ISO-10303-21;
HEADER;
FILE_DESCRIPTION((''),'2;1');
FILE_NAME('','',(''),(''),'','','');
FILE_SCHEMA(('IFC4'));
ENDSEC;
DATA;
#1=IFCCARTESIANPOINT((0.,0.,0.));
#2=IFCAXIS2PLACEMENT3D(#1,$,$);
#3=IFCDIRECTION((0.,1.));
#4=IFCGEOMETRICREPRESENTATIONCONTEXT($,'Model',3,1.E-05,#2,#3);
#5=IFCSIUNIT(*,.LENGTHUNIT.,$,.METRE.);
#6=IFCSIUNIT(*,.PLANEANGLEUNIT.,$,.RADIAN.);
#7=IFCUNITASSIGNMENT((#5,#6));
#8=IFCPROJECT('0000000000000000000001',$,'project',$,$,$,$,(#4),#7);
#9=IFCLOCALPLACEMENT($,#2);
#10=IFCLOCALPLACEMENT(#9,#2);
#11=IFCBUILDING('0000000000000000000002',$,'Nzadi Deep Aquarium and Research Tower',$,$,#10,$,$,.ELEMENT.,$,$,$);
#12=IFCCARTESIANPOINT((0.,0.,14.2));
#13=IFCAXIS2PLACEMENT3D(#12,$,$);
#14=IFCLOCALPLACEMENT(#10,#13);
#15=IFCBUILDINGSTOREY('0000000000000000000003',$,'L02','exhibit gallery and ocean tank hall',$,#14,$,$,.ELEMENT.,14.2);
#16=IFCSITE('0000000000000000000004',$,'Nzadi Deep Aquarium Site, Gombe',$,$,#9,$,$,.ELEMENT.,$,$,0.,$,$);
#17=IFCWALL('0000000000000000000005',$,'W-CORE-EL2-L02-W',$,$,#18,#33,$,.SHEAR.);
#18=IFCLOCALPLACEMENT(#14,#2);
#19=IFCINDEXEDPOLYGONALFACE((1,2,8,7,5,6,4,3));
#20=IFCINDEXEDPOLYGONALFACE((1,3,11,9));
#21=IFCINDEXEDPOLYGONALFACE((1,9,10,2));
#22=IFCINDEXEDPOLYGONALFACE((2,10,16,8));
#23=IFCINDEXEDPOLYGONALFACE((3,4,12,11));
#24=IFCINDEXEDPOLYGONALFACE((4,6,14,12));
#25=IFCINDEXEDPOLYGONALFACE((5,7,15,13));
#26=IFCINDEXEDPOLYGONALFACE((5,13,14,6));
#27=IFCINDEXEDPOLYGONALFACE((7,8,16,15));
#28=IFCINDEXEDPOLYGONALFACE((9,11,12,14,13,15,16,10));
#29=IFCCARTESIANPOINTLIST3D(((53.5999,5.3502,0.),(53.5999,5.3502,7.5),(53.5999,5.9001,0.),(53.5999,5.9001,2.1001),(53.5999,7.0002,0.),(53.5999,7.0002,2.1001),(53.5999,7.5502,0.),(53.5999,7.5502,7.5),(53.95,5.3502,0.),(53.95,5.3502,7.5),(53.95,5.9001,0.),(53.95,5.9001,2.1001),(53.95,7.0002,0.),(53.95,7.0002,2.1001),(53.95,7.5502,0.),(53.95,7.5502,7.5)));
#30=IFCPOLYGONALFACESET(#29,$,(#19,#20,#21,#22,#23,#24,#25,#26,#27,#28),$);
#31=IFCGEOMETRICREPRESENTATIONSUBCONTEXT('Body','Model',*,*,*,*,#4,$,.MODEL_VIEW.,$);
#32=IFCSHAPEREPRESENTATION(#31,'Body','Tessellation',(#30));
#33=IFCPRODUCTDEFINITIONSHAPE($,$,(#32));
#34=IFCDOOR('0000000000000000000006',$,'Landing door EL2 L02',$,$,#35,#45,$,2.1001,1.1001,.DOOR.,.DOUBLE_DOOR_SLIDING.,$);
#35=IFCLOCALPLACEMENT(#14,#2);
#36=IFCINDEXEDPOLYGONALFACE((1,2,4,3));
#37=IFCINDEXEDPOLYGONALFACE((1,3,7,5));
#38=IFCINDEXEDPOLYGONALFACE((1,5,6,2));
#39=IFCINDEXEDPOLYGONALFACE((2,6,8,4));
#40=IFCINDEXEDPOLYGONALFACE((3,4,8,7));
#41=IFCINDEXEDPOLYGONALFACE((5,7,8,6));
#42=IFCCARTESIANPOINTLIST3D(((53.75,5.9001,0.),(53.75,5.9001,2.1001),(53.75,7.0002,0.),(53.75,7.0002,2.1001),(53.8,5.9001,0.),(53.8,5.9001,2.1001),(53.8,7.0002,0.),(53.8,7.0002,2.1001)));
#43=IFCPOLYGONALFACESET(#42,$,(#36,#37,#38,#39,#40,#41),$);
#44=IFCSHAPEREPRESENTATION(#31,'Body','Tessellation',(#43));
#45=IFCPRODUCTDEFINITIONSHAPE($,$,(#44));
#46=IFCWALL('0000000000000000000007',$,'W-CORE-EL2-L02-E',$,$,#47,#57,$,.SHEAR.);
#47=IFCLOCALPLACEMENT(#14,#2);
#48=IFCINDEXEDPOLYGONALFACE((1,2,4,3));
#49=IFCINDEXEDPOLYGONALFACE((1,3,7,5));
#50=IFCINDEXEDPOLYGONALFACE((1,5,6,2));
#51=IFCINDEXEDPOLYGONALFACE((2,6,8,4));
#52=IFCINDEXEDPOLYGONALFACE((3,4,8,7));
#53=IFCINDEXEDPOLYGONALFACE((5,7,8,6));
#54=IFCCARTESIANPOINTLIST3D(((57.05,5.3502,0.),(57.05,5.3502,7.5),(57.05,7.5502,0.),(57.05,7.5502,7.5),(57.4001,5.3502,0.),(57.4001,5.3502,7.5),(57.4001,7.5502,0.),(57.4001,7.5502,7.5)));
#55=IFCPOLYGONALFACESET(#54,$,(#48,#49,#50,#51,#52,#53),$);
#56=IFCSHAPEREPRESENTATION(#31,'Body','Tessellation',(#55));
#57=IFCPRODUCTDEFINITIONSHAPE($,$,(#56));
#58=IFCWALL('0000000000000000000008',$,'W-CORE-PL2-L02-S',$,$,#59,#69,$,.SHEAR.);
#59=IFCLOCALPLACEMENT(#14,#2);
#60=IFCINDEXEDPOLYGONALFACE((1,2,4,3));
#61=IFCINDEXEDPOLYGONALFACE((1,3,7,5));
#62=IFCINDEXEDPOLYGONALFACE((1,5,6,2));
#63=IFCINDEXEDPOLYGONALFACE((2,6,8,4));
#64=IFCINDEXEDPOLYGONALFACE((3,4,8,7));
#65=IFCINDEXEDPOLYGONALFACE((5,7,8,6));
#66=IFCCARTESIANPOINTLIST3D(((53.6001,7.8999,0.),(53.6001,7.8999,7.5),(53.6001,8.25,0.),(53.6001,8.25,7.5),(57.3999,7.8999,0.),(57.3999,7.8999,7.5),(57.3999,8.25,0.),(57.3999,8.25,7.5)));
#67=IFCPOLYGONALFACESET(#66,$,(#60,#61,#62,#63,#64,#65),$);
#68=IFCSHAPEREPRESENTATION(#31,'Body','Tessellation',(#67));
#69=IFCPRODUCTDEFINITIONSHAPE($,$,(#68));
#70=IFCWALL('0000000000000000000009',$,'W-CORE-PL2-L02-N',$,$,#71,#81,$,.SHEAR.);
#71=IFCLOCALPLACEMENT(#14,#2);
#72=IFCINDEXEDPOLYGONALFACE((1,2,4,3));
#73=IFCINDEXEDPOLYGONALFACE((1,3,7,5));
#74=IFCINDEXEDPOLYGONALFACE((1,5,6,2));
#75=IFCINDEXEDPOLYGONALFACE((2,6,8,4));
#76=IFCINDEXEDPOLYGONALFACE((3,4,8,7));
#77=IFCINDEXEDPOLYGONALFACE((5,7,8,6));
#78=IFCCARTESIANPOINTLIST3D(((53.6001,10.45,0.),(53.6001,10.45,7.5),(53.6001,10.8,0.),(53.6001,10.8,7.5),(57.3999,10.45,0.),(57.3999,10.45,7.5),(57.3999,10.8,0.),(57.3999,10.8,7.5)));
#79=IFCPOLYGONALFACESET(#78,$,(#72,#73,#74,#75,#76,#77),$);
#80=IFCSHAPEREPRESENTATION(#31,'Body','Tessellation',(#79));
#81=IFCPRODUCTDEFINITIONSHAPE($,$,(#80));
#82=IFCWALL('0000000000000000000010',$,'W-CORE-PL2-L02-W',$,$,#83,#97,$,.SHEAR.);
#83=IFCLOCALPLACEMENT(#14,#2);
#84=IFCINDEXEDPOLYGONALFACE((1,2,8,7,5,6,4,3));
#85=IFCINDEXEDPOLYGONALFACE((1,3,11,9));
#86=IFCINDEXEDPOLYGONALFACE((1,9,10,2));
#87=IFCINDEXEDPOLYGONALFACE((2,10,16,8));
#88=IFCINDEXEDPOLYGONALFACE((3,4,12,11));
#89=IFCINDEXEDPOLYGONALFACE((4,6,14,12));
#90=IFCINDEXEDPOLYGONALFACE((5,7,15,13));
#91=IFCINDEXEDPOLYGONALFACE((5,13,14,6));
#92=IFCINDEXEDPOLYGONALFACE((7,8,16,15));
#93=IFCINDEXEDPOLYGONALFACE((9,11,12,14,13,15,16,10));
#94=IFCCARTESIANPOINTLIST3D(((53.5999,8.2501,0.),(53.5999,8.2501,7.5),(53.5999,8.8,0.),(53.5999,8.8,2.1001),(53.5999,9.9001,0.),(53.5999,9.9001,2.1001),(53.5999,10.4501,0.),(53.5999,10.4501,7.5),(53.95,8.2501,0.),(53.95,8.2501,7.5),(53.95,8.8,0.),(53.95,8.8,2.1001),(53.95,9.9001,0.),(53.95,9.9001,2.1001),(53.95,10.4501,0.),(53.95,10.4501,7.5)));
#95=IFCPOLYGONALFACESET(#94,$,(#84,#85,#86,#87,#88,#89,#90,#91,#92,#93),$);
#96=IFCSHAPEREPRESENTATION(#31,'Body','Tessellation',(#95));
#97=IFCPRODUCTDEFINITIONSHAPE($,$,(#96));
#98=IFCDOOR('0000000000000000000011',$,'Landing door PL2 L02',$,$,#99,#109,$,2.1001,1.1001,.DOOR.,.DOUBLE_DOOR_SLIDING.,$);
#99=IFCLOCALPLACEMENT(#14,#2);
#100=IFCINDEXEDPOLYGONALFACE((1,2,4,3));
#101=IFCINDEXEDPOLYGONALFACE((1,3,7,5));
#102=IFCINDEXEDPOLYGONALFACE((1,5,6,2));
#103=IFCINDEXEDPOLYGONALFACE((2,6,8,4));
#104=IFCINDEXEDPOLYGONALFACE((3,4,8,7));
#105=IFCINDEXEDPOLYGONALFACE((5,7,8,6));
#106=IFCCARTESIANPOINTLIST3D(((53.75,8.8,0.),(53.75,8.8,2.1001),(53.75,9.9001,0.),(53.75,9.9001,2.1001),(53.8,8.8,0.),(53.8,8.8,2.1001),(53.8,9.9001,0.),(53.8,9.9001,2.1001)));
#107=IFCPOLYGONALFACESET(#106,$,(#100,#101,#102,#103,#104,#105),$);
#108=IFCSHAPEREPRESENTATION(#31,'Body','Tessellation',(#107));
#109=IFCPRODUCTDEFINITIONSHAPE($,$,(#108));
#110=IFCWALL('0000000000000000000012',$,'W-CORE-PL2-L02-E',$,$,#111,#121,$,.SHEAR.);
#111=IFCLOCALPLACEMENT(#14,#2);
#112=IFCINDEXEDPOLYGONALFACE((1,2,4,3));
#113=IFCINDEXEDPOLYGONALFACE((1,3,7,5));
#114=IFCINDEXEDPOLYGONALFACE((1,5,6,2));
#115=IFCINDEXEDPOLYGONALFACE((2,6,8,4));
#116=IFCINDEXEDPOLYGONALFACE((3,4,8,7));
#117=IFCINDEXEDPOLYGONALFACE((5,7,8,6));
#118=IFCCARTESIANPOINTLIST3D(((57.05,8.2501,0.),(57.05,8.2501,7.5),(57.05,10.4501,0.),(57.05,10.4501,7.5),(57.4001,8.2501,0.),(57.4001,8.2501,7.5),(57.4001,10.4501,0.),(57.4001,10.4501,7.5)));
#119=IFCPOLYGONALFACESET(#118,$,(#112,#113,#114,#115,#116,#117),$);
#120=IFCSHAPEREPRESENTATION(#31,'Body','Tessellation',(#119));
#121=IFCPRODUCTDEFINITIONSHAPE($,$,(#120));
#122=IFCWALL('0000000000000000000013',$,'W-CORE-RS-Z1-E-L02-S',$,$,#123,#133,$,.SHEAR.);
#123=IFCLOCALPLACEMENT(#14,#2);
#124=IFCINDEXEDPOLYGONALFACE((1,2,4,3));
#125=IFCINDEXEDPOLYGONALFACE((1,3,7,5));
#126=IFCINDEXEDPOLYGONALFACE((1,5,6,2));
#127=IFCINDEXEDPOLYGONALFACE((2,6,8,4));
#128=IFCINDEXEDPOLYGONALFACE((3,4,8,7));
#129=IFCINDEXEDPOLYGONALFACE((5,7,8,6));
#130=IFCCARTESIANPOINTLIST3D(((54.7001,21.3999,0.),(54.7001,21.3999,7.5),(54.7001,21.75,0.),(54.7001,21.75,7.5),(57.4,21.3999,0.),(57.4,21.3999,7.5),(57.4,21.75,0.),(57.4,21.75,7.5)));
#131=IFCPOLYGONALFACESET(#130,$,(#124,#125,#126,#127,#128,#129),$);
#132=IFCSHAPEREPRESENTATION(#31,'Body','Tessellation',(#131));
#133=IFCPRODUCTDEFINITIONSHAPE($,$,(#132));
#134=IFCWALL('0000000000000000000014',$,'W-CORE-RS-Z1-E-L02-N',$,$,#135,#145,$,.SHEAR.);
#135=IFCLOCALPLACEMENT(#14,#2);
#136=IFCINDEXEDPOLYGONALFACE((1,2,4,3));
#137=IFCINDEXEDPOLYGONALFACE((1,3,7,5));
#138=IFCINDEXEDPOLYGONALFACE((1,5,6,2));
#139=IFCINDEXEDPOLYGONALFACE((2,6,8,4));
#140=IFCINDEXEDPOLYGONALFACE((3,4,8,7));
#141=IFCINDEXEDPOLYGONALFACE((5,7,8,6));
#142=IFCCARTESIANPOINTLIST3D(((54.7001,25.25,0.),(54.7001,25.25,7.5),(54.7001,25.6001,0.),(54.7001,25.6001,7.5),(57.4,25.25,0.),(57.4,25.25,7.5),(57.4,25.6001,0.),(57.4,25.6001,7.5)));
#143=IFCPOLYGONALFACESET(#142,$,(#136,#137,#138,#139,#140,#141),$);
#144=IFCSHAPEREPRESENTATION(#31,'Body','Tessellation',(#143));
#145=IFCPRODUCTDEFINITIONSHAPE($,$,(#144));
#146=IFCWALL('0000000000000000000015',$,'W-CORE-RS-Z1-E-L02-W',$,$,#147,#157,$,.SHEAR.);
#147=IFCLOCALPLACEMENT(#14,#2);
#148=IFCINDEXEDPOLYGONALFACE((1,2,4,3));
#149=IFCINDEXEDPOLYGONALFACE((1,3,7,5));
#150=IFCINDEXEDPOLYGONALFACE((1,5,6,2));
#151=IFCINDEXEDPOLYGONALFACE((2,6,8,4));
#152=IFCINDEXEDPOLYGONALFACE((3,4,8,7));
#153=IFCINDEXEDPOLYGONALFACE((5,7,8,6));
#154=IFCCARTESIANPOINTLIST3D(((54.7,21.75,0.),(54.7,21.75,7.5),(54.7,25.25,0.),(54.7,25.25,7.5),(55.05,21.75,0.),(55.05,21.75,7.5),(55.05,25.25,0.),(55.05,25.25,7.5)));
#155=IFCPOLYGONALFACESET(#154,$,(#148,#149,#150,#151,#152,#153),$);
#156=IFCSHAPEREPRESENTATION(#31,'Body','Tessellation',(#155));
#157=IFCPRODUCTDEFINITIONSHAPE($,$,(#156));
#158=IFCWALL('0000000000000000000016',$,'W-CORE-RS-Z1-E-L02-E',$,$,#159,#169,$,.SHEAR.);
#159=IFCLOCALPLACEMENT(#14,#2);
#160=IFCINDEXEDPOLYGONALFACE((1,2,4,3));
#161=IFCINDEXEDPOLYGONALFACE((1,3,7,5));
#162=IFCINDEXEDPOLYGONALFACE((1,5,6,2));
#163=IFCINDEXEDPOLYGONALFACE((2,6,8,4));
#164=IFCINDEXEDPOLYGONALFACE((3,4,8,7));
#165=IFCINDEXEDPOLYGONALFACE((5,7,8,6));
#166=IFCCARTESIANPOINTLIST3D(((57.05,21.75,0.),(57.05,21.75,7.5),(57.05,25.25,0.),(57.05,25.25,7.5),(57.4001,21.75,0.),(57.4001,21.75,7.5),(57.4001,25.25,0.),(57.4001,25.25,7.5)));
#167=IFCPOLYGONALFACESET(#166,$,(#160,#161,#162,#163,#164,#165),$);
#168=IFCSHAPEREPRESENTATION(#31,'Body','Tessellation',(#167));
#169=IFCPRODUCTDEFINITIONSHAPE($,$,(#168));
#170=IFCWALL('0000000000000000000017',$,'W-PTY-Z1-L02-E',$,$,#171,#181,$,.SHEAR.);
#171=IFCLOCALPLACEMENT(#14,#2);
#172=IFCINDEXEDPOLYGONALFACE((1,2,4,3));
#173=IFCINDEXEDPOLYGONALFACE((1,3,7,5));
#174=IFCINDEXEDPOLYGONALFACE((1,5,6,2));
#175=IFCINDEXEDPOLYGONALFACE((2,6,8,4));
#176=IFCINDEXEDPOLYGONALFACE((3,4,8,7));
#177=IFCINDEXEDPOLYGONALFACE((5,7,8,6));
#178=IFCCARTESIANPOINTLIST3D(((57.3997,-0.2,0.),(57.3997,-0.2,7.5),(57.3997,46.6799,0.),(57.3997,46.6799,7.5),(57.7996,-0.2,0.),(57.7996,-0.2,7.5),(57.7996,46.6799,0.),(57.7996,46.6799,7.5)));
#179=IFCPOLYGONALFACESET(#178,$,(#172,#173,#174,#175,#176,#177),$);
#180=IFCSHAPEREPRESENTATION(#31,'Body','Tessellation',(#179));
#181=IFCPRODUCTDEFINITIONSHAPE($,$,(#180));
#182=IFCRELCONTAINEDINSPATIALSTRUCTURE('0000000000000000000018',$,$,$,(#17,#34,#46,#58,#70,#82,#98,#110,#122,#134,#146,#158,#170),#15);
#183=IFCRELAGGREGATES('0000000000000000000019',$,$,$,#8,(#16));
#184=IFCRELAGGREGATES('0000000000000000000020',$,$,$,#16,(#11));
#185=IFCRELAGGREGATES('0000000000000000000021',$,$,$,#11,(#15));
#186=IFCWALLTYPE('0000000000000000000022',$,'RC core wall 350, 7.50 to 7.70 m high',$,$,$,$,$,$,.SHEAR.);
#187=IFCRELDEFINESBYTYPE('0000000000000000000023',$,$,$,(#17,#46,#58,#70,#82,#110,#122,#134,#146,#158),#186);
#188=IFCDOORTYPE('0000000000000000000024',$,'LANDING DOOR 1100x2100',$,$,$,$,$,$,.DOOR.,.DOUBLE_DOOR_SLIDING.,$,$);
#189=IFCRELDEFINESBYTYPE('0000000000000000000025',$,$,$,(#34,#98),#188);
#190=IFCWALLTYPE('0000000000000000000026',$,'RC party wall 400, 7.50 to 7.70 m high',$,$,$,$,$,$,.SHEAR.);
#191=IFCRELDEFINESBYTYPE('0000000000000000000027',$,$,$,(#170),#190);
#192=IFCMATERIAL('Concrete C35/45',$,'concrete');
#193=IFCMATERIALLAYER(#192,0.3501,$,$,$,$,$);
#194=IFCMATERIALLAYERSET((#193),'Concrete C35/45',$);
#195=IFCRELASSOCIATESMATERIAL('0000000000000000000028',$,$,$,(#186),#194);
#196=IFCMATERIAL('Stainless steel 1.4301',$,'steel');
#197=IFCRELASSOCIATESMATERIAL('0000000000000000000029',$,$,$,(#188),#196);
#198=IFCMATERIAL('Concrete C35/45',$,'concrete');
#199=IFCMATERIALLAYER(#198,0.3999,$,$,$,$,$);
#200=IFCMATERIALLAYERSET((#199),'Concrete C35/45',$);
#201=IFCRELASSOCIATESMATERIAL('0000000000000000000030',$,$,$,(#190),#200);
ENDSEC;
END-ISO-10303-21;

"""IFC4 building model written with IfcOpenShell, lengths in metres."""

from ifc_helpers import new_model, si_unit, direction, frame, frame_2d, origin, place, context, subcontext, project, spatial, rectangle, extrude, material, layer, layer_set, type_object, element, fill, save


model = new_model("IFC4")

# Units and contexts
model_context = context("Model", 3, precision=1e-05, world=origin(), true_north=direction((0.0, 1.0)))
body_context = subcontext(model_context, "Body", "Model", "MODEL_VIEW")
ifc_project = project(units=[si_unit("LENGTHUNIT", "METRE"), si_unit("PLANEANGLEUNIT", "RADIAN")], contexts=[model_context])

# Site, building, storey
site_placement = place(None, origin())
site = spatial("IfcSite", under=ifc_project, at=site_placement, Name="Nzadi Deep Aquarium Site, Gombe", CompositionType="ELEMENT", RefElevation=0.0)
building_placement = place(site_placement, origin())
building = spatial("IfcBuilding", under=site, at=building_placement, Name="Nzadi Deep Aquarium and Research Tower", CompositionType="ELEMENT")
storey_placement = place(building_placement, frame((0.0, 0.0, 14.2)))
storey = spatial("IfcBuildingStorey", under=building, at=storey_placement, Name="L02", Description="exhibit gallery and ocean tank hall", CompositionType="ELEMENT", Elevation=14.2)

# Shared definitions
ifc_material_1 = material(Name="Concrete C35/45", Category="concrete")
ifc_layer_1 = layer(ifc_material_1, 0.3501)
ifc_layer_set_1 = layer_set([ifc_layer_1], Name="Concrete C35/45")
wall_type_1 = type_object("IfcWallType", Name="RC core wall 350, 7.50 to 7.70 m high", PredefinedType="SHEAR", material=ifc_layer_set_1)

# Wall, opening, door
wall_1_placement = place(storey_placement, frame((53.7749, 5.3501, 0.0), z_axis=(0.0, 0.0, 1.0), x_axis=(0.0, 1.0, 0.0)))
wall_1 = element("IfcWall", 1, at=wall_1_placement, inside=storey, type_object=wall_type_1, Name="W-CORE-EL2-L02-W", PredefinedType="SHEAR", context=body_context, shape_type="SweptSolid", body=[
    extrude(rectangle(XDim=2.2, YDim=0.3501, at=frame_2d((1.1001, 0.0))), origin(), (0.0, 0.0, 1.0), 7.5),
])
opening_1_placement = place(wall_1_placement, frame((0.55, 0.0, 0.0)))
opening_1 = element("IfcOpeningElement", 2, at=opening_1_placement, cuts=wall_1, PredefinedType="OPENING", context=body_context, shape_type="SweptSolid", body=[
    extrude(rectangle(XDim=1.1001, YDim=2.1001, at=frame_2d((0.55, 1.05))), frame((0.0, 0.1851, 0.0), z_axis=(0.0, -1.0, 0.0), x_axis=(1.0, 0.0, 0.0)), (0.0, 0.0, 1.0), 0.3701),
])
ifc_material_2 = material(Name="Stainless steel 1.4301", Category="steel")
door_type = type_object("IfcDoorType", Name="LANDING DOOR 1100x2100", OperationType="DOUBLE_DOOR_SLIDING", PredefinedType="DOOR", material=ifc_material_2)
door_1_placement = place(opening_1_placement, origin())
door_1 = element("IfcDoor", 3, at=door_1_placement, inside=storey, type_object=door_type, Name="Landing door EL2 L02", OperationType="DOUBLE_DOOR_SLIDING", OverallHeight=2.1001, OverallWidth=1.1001, PredefinedType="DOOR", context=body_context, shape_type="SweptSolid", body=[
    extrude(rectangle(XDim=1.1001, YDim=2.1001, at=frame_2d((0.55, 1.05))), frame((0.0, 0.0249, 0.0), z_axis=(0.0, -1.0, 0.0), x_axis=(1.0, 0.0, 0.0)), (0.0, 0.0, 1.0), 0.05),
])
fill(opening_1, door_1)

# Walls
wall_2_placement = place(storey_placement, frame((57.2251, 5.3501, 0.0), z_axis=(0.0, 0.0, 1.0), x_axis=(0.0, 1.0, 0.0)))
element("IfcWall", 4, at=wall_2_placement, inside=storey, type_object=wall_type_1, Name="W-CORE-EL2-L02-E", PredefinedType="SHEAR", context=body_context, shape_type="SweptSolid", body=[
    extrude(rectangle(XDim=2.2, YDim=0.3501, at=frame_2d((1.1001, 0.0))), origin(), (0.0, 0.0, 1.0), 7.5),
])
for number, where, z_axis, x_axis, name in (
    (5, (53.6001, 8.075, 0.0), (0.0, 0.0, 1.0), (1.0, 0.0, 0.0), "W-CORE-PL2-L02-S"),
    (6, (53.6001, 10.625, 0.0), (0.0, 0.0, 1.0), (1.0, 0.0, 0.0), "W-CORE-PL2-L02-N"),
):
    element("IfcWall", number, at=place(storey_placement, frame(where, z_axis=z_axis, x_axis=x_axis)), inside=storey, type_object=wall_type_1, Name=name, PredefinedType="SHEAR", context=body_context, shape_type="SweptSolid", body=[
        extrude(rectangle(XDim=3.7998, YDim=0.3501, at=frame_2d((1.8999, 0.0))), origin(), (0.0, 0.0, 1.0), 7.5),
    ])

# Wall, opening, door
wall_3_placement = place(storey_placement, frame((53.7749, 8.25, 0.0), z_axis=(0.0, 0.0, 1.0), x_axis=(0.0, 1.0, 0.0)))
wall_3 = element("IfcWall", 7, at=wall_3_placement, inside=storey, type_object=wall_type_1, Name="W-CORE-PL2-L02-W", PredefinedType="SHEAR", context=body_context, shape_type="SweptSolid", body=[
    extrude(rectangle(XDim=2.2, YDim=0.3501, at=frame_2d((1.1001, 0.0))), origin(), (0.0, 0.0, 1.0), 7.5),
])
opening_2_placement = place(wall_3_placement, frame((0.55, 0.0, 0.0)))
opening_2 = element("IfcOpeningElement", 8, at=opening_2_placement, cuts=wall_3, PredefinedType="OPENING", context=body_context, shape_type="SweptSolid", body=[
    extrude(rectangle(XDim=1.1001, YDim=2.1001, at=frame_2d((0.55, 1.05))), frame((0.0, 0.1851, 0.0), z_axis=(0.0, -1.0, 0.0), x_axis=(1.0, 0.0, 0.0)), (0.0, 0.0, 1.0), 0.3701),
])
door_2_placement = place(opening_2_placement, origin())
door_2 = element("IfcDoor", 9, at=door_2_placement, inside=storey, type_object=door_type, Name="Landing door PL2 L02", OperationType="DOUBLE_DOOR_SLIDING", OverallHeight=2.1001, OverallWidth=1.1001, PredefinedType="DOOR", context=body_context, shape_type="SweptSolid", body=[
    extrude(rectangle(XDim=1.1001, YDim=2.1001, at=frame_2d((0.55, 1.05))), frame((0.0, 0.0249, 0.0), z_axis=(0.0, -1.0, 0.0), x_axis=(1.0, 0.0, 0.0)), (0.0, 0.0, 1.0), 0.05),
])
fill(opening_2, door_2)

# Walls
wall_4_placement = place(storey_placement, frame((57.2251, 8.25, 0.0), z_axis=(0.0, 0.0, 1.0), x_axis=(0.0, 1.0, 0.0)))
element("IfcWall", 10, at=wall_4_placement, inside=storey, type_object=wall_type_1, Name="W-CORE-PL2-L02-E", PredefinedType="SHEAR", context=body_context, shape_type="SweptSolid", body=[
    extrude(rectangle(XDim=2.2, YDim=0.3501, at=frame_2d((1.1001, 0.0))), origin(), (0.0, 0.0, 1.0), 7.5),
])
for number, where, z_axis, x_axis, name in (
    (11, (54.7, 21.575, 0.0), (0.0, 0.0, 1.0), (1.0, 0.0, 0.0), "W-CORE-RS-Z1-E-L02-S"),
    (12, (54.7, 25.425, 0.0), (0.0, 0.0, 1.0), (1.0, 0.0, 0.0), "W-CORE-RS-Z1-E-L02-N"),
):
    element("IfcWall", number, at=place(storey_placement, frame(where, z_axis=z_axis, x_axis=x_axis)), inside=storey, type_object=wall_type_1, Name=name, PredefinedType="SHEAR", context=body_context, shape_type="SweptSolid", body=[
        extrude(rectangle(XDim=2.7, YDim=0.3501, at=frame_2d((1.3501, 0.0))), origin(), (0.0, 0.0, 1.0), 7.5),
    ])
for number, where, z_axis, x_axis, name in (
    (13, (54.875, 21.75, 0.0), (0.0, 0.0, 1.0), (0.0, 1.0, 0.0), "W-CORE-RS-Z1-E-L02-W"),
    (14, (57.2251, 21.75, 0.0), (0.0, 0.0, 1.0), (0.0, 1.0, 0.0), "W-CORE-RS-Z1-E-L02-E"),
):
    element("IfcWall", number, at=place(storey_placement, frame(where, z_axis=z_axis, x_axis=x_axis)), inside=storey, type_object=wall_type_1, Name=name, PredefinedType="SHEAR", context=body_context, shape_type="SweptSolid", body=[
        extrude(rectangle(XDim=3.5, YDim=0.3501, at=frame_2d((1.75, 0.0))), origin(), (0.0, 0.0, 1.0), 7.5),
    ])
ifc_material_3 = material(Name="Concrete C35/45", Category="concrete")
ifc_layer_2 = layer(ifc_material_3, 0.3999)
ifc_layer_set_2 = layer_set([ifc_layer_2], Name="Concrete C35/45")
wall_type_2 = type_object("IfcWallType", Name="RC party wall 400, 7.50 to 7.70 m high", PredefinedType="SHEAR", material=ifc_layer_set_2)
wall_5_placement = place(storey_placement, frame((57.5996, -0.2, 0.0), z_axis=(0.0, 0.0, 1.0), x_axis=(0.0, 1.0, 0.0)))
element("IfcWall", 15, at=wall_5_placement, inside=storey, type_object=wall_type_2, Name="W-PTY-Z1-L02-E", PredefinedType="SHEAR", context=body_context, shape_type="SweptSolid", body=[
    extrude(rectangle(XDim=46.8799, YDim=0.3999, at=frame_2d((23.4399, 0.0))), origin(), (0.0, 0.0, 1.0), 7.5),
])

save(model, "model.ifc")
